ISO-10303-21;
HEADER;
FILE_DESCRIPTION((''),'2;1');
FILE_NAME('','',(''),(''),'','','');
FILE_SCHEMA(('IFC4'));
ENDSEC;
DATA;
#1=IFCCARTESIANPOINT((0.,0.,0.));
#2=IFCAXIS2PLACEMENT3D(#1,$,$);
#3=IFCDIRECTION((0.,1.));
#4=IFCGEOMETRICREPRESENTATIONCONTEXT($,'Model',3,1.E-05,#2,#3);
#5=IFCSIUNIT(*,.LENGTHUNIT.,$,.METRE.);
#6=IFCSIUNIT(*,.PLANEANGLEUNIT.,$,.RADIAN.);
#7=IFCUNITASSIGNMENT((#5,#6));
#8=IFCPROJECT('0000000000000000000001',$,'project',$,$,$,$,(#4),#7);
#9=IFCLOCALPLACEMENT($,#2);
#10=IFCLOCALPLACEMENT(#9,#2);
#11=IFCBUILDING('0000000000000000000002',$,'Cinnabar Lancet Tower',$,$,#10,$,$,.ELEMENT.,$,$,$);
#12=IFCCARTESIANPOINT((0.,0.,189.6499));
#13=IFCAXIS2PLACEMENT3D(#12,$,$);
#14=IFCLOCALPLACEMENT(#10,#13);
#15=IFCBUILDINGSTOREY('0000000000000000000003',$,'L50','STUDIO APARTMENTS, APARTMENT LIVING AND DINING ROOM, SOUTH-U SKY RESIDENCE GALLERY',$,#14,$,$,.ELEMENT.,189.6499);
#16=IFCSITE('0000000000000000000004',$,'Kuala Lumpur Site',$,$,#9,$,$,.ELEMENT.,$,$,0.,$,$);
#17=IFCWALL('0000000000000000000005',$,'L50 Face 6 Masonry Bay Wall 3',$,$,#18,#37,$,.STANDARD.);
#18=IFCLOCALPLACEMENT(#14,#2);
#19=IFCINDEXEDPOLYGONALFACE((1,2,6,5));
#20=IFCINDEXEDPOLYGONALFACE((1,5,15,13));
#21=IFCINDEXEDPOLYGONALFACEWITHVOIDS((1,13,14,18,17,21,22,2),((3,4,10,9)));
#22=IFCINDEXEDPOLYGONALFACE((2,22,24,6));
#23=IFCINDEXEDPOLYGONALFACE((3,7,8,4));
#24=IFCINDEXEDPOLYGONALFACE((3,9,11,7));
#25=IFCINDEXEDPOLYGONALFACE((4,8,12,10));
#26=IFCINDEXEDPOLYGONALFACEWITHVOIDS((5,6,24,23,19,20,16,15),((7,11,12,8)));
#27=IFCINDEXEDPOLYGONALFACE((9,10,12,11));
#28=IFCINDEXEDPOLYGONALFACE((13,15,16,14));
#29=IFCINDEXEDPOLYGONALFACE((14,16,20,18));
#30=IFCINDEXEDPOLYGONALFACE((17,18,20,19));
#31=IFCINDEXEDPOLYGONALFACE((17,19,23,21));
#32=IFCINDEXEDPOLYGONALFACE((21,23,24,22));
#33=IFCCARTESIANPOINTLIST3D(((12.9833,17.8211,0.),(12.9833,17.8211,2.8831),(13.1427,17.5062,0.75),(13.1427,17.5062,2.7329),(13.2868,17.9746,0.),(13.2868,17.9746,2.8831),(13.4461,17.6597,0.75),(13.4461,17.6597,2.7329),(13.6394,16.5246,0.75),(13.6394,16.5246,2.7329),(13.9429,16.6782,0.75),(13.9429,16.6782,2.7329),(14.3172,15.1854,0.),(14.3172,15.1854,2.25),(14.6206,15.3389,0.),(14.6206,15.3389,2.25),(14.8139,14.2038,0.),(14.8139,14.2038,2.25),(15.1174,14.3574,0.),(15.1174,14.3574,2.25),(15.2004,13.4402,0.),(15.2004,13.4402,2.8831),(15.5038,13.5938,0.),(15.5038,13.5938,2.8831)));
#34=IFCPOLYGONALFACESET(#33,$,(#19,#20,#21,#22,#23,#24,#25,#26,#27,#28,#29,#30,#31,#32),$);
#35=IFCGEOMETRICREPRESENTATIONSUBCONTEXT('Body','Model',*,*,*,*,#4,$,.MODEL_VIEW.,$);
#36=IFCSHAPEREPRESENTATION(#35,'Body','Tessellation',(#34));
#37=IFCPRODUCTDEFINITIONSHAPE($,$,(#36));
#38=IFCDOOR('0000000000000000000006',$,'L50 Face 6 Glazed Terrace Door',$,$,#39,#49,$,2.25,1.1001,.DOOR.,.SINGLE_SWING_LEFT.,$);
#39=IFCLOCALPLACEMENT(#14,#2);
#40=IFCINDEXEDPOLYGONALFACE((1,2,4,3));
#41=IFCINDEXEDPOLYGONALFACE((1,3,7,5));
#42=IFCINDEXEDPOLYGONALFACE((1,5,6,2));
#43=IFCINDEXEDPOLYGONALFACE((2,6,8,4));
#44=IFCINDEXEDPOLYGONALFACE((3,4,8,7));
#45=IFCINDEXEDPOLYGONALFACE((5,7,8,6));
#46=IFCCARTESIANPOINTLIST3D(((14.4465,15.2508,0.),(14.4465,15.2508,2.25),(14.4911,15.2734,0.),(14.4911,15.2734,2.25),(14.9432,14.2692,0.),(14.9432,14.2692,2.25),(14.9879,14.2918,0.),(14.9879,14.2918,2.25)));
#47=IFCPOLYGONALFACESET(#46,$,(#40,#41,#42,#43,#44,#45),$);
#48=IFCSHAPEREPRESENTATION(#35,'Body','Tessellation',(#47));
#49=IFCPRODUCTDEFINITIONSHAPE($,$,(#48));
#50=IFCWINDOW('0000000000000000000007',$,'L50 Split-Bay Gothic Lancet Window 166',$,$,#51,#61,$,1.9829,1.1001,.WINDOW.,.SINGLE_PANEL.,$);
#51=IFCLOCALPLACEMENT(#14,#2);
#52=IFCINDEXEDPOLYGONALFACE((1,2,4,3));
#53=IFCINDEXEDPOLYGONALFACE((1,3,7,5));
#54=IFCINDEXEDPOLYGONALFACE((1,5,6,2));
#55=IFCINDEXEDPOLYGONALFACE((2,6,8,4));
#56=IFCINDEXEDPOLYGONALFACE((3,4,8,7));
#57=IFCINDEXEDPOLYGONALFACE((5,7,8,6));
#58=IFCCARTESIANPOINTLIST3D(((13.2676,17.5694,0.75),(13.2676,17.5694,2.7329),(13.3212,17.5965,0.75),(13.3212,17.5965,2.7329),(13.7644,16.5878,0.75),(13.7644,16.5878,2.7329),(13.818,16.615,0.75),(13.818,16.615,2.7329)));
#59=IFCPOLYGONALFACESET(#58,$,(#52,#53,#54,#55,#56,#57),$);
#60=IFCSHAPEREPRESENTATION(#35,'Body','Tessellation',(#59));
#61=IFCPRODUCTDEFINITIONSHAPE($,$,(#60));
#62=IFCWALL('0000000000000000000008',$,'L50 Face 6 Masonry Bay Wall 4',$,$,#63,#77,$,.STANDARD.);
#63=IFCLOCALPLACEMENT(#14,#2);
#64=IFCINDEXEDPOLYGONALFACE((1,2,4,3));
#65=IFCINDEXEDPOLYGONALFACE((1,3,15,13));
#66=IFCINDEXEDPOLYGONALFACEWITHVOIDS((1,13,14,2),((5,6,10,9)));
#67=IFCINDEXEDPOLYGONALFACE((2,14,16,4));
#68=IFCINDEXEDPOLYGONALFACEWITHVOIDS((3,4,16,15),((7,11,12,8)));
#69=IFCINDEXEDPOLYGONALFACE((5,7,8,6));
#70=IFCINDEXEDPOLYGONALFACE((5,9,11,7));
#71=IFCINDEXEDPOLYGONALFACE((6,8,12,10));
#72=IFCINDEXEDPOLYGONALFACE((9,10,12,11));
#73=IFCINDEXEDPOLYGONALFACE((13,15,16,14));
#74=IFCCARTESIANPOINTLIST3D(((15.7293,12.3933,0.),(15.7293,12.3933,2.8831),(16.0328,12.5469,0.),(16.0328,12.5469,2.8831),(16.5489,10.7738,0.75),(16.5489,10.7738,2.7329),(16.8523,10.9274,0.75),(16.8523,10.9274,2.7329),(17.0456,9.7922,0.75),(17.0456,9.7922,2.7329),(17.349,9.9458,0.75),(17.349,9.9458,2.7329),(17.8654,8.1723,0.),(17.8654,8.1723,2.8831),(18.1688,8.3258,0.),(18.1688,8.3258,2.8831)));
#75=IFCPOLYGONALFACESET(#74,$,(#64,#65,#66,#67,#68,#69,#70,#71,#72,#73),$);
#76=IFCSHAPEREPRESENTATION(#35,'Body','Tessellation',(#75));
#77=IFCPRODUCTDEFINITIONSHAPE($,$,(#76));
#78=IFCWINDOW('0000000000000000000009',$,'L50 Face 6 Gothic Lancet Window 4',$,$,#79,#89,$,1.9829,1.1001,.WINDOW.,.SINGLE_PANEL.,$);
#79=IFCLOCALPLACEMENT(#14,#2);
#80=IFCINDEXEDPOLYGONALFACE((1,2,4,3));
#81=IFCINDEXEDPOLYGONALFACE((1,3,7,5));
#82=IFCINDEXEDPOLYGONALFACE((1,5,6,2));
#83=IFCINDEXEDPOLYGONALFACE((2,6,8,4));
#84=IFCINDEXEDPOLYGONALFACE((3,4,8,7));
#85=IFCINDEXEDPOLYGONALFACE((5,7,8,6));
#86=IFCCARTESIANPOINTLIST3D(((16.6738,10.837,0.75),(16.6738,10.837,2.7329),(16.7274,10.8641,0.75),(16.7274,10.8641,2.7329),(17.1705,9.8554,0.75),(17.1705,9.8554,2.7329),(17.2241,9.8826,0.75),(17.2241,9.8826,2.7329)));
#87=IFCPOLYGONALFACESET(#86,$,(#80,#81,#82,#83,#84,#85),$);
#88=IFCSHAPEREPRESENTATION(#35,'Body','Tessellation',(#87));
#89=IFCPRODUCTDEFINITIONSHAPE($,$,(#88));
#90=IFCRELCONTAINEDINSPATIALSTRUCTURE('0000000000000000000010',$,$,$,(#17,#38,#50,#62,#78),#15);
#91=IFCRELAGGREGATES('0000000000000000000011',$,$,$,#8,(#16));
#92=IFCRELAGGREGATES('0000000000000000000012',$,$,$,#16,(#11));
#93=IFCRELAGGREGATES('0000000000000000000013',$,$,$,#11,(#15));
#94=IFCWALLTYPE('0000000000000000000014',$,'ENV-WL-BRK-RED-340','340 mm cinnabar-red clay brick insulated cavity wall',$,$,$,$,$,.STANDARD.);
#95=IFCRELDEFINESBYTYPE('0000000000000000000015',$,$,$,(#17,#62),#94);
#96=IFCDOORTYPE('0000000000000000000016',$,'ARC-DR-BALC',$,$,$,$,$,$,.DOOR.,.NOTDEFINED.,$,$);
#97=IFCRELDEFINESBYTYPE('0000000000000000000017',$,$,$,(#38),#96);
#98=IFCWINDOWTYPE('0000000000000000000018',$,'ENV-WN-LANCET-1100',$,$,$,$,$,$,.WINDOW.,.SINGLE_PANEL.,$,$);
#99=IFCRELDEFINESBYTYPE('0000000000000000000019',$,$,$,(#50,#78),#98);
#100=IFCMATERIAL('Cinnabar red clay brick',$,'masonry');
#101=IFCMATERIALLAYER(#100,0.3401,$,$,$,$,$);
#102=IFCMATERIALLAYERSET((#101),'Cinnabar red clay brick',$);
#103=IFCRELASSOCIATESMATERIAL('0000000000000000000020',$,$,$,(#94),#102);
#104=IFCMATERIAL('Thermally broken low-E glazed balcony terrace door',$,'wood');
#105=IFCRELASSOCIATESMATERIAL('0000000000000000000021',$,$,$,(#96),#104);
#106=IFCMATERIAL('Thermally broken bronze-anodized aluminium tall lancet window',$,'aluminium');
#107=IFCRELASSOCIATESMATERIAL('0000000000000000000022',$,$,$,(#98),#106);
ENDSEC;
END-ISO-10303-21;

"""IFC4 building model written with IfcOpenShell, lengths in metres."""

from ifc_helpers import new_model, si_unit, direction, frame, frame_2d, origin, place, context, subcontext, project, spatial, rectangle, extrude, material, layer, layer_set, type_object, element, fill, save


model = new_model("IFC4")

# Units and contexts
model_context = context("Model", 3, precision=1e-05, world=origin(), true_north=direction((0.0, 1.0)))
body_context = subcontext(model_context, "Body", "Model", "MODEL_VIEW")
ifc_project = project(units=[si_unit("LENGTHUNIT", "METRE"), si_unit("PLANEANGLEUNIT", "RADIAN")], contexts=[model_context])

# Site, building, storey
site_placement = place(None, origin())
site = spatial("IfcSite", under=ifc_project, at=site_placement, Name="Kuala Lumpur Site", CompositionType="ELEMENT", RefElevation=0.0)
building_placement = place(site_placement, origin())
building = spatial("IfcBuilding", under=site, at=building_placement, Name="Cinnabar Lancet Tower", CompositionType="ELEMENT")
storey_placement = place(building_placement, frame((0.0, 0.0, 189.6499)))
storey = spatial("IfcBuildingStorey", under=building, at=storey_placement, Name="L50", Description="STUDIO APARTMENTS, APARTMENT LIVING AND DINING ROOM, SOUTH-U SKY RESIDENCE GALLERY", CompositionType="ELEMENT", Elevation=189.6499)

# Wall, openings, door, window
ifc_material_1 = material(Name="Cinnabar red clay brick", Category="masonry")
ifc_layer_1 = layer(ifc_material_1, 0.3401)
ifc_layer_set_1 = layer_set([ifc_layer_1], Name="Cinnabar red clay brick")
wall_type_1 = type_object("IfcWallType", Name="ENV-WL-BRK-RED-340", Description="340 mm cinnabar-red clay brick insulated cavity wall", PredefinedType="STANDARD", material=ifc_layer_set_1)
wall_1_placement = place(storey_placement, frame((13.135, 17.8979, 0.0), z_axis=(0.0, 0.0, 1.0), x_axis=(0.451544, -0.892249, 0.0)))
wall_1 = element("IfcWall", 1, at=wall_1_placement, inside=storey, type_object=wall_type_1, Name="L50 Face 6 Masonry Bay Wall 3", PredefinedType="STANDARD", context=body_context, shape_type="SweptSolid", body=[
    extrude(rectangle(XDim=4.9099, YDim=0.3401, at=frame_2d((2.4551, 0.0))), origin(), (0.0, 0.0, 1.0), 2.8831),
])
opening_1_placement = place(wall_1_placement, frame((2.9541, 0.0, 0.0)))
opening_1 = element("IfcOpeningElement", 2, at=opening_1_placement, cuts=wall_1, PredefinedType="OPENING", context=body_context, shape_type="SweptSolid", body=[
    extrude(rectangle(XDim=1.1001, YDim=2.25, at=frame_2d((0.55, 1.125))), frame((0.0, 0.1799, 0.0), z_axis=(0.0, -1.0, 0.0), x_axis=(1.0, 0.0, 0.0)), (0.0, 0.0, 1.0), 0.3601),
])
opening_2_placement = place(wall_1_placement, frame((0.353, 0.0, 0.75)))
opening_2 = element("IfcOpeningElement", 3, at=opening_2_placement, cuts=wall_1, PredefinedType="OPENING", context=body_context, shape_type="SweptSolid", body=[
    extrude(rectangle(XDim=1.1001, YDim=1.9829, at=frame_2d((0.55, 0.9915))), frame((0.0, 0.1799, 0.0), z_axis=(0.0, -1.0, 0.0), x_axis=(1.0, 0.0, 0.0)), (0.0, 0.0, 1.0), 0.3601),
])
ifc_material_2 = material(Name="Thermally broken low-E glazed balcony terrace door", Category="wood")
door_type = type_object("IfcDoorType", Name="ARC-DR-BALC", OperationType="NOTDEFINED", PredefinedType="DOOR", material=ifc_material_2)
door_placement = place(opening_1_placement, origin())
door = element("IfcDoor", 4, at=door_placement, inside=storey, type_object=door_type, Name="L50 Face 6 Glazed Terrace Door", OperationType="SINGLE_SWING_LEFT", OverallHeight=2.25, OverallWidth=1.1001, PredefinedType="DOOR", context=body_context, shape_type="SweptSolid", body=[
    extrude(rectangle(XDim=1.1001, YDim=2.25, at=frame_2d((0.55, 1.125))), frame((0.0, 0.0249, 0.0), z_axis=(0.0, -1.0, 0.0), x_axis=(1.0, 0.0, 0.0)), (0.0, 0.0, 1.0), 0.05),
])
fill(opening_1, door)
ifc_material_3 = material(Name="Thermally broken bronze-anodized aluminium tall lancet window", Category="aluminium")
window_type = type_object("IfcWindowType", Name="ENV-WN-LANCET-1100", PartitioningType="SINGLE_PANEL", PredefinedType="WINDOW", material=ifc_material_3)
window_1_placement = place(opening_2_placement, origin())
window_1 = element("IfcWindow", 5, at=window_1_placement, inside=storey, type_object=window_type, Name="L50 Split-Bay Gothic Lancet Window 166", OverallHeight=1.9829, OverallWidth=1.1001, PartitioningType="SINGLE_PANEL", PredefinedType="WINDOW", context=body_context, shape_type="SweptSolid", body=[
    extrude(rectangle(XDim=1.1001, YDim=1.9829, at=frame_2d((0.55, 0.9915))), frame((0.0, 0.03, 0.0), z_axis=(0.0, -1.0, 0.0), x_axis=(1.0, 0.0, 0.0)), (0.0, 0.0, 1.0), 0.0601),
])
fill(opening_2, window_1)

# Wall, opening, window
wall_2_placement = place(storey_placement, frame((15.8811, 12.47, 0.0), z_axis=(0.0, 0.0, 1.0), x_axis=(0.451523, -0.89226, 0.0)))
wall_2 = element("IfcWall", 6, at=wall_2_placement, inside=storey, type_object=wall_type_1, Name="L50 Face 6 Masonry Bay Wall 4", PredefinedType="STANDARD", context=body_context, shape_type="SweptSolid", body=[
    extrude(rectangle(XDim=4.7307, YDim=0.3401, at=frame_2d((2.3652, 0.0))), origin(), (0.0, 0.0, 1.0), 2.8831),
])
opening_3_placement = place(wall_2_placement, frame((1.8149, 0.0, 0.75)))
opening_3 = element("IfcOpeningElement", 7, at=opening_3_placement, cuts=wall_2, PredefinedType="OPENING", context=body_context, shape_type="SweptSolid", body=[
    extrude(rectangle(XDim=1.1001, YDim=1.9829, at=frame_2d((0.55, 0.9915))), frame((0.0, 0.1799, 0.0), z_axis=(0.0, -1.0, 0.0), x_axis=(1.0, 0.0, 0.0)), (0.0, 0.0, 1.0), 0.3601),
])
window_2_placement = place(opening_3_placement, origin())
window_2 = element("IfcWindow", 8, at=window_2_placement, inside=storey, type_object=window_type, Name="L50 Face 6 Gothic Lancet Window 4", OverallHeight=1.9829, OverallWidth=1.1001, PartitioningType="SINGLE_PANEL", PredefinedType="WINDOW", context=body_context, shape_type="SweptSolid", body=[
    extrude(rectangle(XDim=1.1001, YDim=1.9829, at=frame_2d((0.55, 0.9915))), frame((0.0, 0.03, 0.0), z_axis=(0.0, -1.0, 0.0), x_axis=(1.0, 0.0, 0.0)), (0.0, 0.0, 1.0), 0.0601),
])
fill(opening_3, window_2)

save(model, "model.ifc")
